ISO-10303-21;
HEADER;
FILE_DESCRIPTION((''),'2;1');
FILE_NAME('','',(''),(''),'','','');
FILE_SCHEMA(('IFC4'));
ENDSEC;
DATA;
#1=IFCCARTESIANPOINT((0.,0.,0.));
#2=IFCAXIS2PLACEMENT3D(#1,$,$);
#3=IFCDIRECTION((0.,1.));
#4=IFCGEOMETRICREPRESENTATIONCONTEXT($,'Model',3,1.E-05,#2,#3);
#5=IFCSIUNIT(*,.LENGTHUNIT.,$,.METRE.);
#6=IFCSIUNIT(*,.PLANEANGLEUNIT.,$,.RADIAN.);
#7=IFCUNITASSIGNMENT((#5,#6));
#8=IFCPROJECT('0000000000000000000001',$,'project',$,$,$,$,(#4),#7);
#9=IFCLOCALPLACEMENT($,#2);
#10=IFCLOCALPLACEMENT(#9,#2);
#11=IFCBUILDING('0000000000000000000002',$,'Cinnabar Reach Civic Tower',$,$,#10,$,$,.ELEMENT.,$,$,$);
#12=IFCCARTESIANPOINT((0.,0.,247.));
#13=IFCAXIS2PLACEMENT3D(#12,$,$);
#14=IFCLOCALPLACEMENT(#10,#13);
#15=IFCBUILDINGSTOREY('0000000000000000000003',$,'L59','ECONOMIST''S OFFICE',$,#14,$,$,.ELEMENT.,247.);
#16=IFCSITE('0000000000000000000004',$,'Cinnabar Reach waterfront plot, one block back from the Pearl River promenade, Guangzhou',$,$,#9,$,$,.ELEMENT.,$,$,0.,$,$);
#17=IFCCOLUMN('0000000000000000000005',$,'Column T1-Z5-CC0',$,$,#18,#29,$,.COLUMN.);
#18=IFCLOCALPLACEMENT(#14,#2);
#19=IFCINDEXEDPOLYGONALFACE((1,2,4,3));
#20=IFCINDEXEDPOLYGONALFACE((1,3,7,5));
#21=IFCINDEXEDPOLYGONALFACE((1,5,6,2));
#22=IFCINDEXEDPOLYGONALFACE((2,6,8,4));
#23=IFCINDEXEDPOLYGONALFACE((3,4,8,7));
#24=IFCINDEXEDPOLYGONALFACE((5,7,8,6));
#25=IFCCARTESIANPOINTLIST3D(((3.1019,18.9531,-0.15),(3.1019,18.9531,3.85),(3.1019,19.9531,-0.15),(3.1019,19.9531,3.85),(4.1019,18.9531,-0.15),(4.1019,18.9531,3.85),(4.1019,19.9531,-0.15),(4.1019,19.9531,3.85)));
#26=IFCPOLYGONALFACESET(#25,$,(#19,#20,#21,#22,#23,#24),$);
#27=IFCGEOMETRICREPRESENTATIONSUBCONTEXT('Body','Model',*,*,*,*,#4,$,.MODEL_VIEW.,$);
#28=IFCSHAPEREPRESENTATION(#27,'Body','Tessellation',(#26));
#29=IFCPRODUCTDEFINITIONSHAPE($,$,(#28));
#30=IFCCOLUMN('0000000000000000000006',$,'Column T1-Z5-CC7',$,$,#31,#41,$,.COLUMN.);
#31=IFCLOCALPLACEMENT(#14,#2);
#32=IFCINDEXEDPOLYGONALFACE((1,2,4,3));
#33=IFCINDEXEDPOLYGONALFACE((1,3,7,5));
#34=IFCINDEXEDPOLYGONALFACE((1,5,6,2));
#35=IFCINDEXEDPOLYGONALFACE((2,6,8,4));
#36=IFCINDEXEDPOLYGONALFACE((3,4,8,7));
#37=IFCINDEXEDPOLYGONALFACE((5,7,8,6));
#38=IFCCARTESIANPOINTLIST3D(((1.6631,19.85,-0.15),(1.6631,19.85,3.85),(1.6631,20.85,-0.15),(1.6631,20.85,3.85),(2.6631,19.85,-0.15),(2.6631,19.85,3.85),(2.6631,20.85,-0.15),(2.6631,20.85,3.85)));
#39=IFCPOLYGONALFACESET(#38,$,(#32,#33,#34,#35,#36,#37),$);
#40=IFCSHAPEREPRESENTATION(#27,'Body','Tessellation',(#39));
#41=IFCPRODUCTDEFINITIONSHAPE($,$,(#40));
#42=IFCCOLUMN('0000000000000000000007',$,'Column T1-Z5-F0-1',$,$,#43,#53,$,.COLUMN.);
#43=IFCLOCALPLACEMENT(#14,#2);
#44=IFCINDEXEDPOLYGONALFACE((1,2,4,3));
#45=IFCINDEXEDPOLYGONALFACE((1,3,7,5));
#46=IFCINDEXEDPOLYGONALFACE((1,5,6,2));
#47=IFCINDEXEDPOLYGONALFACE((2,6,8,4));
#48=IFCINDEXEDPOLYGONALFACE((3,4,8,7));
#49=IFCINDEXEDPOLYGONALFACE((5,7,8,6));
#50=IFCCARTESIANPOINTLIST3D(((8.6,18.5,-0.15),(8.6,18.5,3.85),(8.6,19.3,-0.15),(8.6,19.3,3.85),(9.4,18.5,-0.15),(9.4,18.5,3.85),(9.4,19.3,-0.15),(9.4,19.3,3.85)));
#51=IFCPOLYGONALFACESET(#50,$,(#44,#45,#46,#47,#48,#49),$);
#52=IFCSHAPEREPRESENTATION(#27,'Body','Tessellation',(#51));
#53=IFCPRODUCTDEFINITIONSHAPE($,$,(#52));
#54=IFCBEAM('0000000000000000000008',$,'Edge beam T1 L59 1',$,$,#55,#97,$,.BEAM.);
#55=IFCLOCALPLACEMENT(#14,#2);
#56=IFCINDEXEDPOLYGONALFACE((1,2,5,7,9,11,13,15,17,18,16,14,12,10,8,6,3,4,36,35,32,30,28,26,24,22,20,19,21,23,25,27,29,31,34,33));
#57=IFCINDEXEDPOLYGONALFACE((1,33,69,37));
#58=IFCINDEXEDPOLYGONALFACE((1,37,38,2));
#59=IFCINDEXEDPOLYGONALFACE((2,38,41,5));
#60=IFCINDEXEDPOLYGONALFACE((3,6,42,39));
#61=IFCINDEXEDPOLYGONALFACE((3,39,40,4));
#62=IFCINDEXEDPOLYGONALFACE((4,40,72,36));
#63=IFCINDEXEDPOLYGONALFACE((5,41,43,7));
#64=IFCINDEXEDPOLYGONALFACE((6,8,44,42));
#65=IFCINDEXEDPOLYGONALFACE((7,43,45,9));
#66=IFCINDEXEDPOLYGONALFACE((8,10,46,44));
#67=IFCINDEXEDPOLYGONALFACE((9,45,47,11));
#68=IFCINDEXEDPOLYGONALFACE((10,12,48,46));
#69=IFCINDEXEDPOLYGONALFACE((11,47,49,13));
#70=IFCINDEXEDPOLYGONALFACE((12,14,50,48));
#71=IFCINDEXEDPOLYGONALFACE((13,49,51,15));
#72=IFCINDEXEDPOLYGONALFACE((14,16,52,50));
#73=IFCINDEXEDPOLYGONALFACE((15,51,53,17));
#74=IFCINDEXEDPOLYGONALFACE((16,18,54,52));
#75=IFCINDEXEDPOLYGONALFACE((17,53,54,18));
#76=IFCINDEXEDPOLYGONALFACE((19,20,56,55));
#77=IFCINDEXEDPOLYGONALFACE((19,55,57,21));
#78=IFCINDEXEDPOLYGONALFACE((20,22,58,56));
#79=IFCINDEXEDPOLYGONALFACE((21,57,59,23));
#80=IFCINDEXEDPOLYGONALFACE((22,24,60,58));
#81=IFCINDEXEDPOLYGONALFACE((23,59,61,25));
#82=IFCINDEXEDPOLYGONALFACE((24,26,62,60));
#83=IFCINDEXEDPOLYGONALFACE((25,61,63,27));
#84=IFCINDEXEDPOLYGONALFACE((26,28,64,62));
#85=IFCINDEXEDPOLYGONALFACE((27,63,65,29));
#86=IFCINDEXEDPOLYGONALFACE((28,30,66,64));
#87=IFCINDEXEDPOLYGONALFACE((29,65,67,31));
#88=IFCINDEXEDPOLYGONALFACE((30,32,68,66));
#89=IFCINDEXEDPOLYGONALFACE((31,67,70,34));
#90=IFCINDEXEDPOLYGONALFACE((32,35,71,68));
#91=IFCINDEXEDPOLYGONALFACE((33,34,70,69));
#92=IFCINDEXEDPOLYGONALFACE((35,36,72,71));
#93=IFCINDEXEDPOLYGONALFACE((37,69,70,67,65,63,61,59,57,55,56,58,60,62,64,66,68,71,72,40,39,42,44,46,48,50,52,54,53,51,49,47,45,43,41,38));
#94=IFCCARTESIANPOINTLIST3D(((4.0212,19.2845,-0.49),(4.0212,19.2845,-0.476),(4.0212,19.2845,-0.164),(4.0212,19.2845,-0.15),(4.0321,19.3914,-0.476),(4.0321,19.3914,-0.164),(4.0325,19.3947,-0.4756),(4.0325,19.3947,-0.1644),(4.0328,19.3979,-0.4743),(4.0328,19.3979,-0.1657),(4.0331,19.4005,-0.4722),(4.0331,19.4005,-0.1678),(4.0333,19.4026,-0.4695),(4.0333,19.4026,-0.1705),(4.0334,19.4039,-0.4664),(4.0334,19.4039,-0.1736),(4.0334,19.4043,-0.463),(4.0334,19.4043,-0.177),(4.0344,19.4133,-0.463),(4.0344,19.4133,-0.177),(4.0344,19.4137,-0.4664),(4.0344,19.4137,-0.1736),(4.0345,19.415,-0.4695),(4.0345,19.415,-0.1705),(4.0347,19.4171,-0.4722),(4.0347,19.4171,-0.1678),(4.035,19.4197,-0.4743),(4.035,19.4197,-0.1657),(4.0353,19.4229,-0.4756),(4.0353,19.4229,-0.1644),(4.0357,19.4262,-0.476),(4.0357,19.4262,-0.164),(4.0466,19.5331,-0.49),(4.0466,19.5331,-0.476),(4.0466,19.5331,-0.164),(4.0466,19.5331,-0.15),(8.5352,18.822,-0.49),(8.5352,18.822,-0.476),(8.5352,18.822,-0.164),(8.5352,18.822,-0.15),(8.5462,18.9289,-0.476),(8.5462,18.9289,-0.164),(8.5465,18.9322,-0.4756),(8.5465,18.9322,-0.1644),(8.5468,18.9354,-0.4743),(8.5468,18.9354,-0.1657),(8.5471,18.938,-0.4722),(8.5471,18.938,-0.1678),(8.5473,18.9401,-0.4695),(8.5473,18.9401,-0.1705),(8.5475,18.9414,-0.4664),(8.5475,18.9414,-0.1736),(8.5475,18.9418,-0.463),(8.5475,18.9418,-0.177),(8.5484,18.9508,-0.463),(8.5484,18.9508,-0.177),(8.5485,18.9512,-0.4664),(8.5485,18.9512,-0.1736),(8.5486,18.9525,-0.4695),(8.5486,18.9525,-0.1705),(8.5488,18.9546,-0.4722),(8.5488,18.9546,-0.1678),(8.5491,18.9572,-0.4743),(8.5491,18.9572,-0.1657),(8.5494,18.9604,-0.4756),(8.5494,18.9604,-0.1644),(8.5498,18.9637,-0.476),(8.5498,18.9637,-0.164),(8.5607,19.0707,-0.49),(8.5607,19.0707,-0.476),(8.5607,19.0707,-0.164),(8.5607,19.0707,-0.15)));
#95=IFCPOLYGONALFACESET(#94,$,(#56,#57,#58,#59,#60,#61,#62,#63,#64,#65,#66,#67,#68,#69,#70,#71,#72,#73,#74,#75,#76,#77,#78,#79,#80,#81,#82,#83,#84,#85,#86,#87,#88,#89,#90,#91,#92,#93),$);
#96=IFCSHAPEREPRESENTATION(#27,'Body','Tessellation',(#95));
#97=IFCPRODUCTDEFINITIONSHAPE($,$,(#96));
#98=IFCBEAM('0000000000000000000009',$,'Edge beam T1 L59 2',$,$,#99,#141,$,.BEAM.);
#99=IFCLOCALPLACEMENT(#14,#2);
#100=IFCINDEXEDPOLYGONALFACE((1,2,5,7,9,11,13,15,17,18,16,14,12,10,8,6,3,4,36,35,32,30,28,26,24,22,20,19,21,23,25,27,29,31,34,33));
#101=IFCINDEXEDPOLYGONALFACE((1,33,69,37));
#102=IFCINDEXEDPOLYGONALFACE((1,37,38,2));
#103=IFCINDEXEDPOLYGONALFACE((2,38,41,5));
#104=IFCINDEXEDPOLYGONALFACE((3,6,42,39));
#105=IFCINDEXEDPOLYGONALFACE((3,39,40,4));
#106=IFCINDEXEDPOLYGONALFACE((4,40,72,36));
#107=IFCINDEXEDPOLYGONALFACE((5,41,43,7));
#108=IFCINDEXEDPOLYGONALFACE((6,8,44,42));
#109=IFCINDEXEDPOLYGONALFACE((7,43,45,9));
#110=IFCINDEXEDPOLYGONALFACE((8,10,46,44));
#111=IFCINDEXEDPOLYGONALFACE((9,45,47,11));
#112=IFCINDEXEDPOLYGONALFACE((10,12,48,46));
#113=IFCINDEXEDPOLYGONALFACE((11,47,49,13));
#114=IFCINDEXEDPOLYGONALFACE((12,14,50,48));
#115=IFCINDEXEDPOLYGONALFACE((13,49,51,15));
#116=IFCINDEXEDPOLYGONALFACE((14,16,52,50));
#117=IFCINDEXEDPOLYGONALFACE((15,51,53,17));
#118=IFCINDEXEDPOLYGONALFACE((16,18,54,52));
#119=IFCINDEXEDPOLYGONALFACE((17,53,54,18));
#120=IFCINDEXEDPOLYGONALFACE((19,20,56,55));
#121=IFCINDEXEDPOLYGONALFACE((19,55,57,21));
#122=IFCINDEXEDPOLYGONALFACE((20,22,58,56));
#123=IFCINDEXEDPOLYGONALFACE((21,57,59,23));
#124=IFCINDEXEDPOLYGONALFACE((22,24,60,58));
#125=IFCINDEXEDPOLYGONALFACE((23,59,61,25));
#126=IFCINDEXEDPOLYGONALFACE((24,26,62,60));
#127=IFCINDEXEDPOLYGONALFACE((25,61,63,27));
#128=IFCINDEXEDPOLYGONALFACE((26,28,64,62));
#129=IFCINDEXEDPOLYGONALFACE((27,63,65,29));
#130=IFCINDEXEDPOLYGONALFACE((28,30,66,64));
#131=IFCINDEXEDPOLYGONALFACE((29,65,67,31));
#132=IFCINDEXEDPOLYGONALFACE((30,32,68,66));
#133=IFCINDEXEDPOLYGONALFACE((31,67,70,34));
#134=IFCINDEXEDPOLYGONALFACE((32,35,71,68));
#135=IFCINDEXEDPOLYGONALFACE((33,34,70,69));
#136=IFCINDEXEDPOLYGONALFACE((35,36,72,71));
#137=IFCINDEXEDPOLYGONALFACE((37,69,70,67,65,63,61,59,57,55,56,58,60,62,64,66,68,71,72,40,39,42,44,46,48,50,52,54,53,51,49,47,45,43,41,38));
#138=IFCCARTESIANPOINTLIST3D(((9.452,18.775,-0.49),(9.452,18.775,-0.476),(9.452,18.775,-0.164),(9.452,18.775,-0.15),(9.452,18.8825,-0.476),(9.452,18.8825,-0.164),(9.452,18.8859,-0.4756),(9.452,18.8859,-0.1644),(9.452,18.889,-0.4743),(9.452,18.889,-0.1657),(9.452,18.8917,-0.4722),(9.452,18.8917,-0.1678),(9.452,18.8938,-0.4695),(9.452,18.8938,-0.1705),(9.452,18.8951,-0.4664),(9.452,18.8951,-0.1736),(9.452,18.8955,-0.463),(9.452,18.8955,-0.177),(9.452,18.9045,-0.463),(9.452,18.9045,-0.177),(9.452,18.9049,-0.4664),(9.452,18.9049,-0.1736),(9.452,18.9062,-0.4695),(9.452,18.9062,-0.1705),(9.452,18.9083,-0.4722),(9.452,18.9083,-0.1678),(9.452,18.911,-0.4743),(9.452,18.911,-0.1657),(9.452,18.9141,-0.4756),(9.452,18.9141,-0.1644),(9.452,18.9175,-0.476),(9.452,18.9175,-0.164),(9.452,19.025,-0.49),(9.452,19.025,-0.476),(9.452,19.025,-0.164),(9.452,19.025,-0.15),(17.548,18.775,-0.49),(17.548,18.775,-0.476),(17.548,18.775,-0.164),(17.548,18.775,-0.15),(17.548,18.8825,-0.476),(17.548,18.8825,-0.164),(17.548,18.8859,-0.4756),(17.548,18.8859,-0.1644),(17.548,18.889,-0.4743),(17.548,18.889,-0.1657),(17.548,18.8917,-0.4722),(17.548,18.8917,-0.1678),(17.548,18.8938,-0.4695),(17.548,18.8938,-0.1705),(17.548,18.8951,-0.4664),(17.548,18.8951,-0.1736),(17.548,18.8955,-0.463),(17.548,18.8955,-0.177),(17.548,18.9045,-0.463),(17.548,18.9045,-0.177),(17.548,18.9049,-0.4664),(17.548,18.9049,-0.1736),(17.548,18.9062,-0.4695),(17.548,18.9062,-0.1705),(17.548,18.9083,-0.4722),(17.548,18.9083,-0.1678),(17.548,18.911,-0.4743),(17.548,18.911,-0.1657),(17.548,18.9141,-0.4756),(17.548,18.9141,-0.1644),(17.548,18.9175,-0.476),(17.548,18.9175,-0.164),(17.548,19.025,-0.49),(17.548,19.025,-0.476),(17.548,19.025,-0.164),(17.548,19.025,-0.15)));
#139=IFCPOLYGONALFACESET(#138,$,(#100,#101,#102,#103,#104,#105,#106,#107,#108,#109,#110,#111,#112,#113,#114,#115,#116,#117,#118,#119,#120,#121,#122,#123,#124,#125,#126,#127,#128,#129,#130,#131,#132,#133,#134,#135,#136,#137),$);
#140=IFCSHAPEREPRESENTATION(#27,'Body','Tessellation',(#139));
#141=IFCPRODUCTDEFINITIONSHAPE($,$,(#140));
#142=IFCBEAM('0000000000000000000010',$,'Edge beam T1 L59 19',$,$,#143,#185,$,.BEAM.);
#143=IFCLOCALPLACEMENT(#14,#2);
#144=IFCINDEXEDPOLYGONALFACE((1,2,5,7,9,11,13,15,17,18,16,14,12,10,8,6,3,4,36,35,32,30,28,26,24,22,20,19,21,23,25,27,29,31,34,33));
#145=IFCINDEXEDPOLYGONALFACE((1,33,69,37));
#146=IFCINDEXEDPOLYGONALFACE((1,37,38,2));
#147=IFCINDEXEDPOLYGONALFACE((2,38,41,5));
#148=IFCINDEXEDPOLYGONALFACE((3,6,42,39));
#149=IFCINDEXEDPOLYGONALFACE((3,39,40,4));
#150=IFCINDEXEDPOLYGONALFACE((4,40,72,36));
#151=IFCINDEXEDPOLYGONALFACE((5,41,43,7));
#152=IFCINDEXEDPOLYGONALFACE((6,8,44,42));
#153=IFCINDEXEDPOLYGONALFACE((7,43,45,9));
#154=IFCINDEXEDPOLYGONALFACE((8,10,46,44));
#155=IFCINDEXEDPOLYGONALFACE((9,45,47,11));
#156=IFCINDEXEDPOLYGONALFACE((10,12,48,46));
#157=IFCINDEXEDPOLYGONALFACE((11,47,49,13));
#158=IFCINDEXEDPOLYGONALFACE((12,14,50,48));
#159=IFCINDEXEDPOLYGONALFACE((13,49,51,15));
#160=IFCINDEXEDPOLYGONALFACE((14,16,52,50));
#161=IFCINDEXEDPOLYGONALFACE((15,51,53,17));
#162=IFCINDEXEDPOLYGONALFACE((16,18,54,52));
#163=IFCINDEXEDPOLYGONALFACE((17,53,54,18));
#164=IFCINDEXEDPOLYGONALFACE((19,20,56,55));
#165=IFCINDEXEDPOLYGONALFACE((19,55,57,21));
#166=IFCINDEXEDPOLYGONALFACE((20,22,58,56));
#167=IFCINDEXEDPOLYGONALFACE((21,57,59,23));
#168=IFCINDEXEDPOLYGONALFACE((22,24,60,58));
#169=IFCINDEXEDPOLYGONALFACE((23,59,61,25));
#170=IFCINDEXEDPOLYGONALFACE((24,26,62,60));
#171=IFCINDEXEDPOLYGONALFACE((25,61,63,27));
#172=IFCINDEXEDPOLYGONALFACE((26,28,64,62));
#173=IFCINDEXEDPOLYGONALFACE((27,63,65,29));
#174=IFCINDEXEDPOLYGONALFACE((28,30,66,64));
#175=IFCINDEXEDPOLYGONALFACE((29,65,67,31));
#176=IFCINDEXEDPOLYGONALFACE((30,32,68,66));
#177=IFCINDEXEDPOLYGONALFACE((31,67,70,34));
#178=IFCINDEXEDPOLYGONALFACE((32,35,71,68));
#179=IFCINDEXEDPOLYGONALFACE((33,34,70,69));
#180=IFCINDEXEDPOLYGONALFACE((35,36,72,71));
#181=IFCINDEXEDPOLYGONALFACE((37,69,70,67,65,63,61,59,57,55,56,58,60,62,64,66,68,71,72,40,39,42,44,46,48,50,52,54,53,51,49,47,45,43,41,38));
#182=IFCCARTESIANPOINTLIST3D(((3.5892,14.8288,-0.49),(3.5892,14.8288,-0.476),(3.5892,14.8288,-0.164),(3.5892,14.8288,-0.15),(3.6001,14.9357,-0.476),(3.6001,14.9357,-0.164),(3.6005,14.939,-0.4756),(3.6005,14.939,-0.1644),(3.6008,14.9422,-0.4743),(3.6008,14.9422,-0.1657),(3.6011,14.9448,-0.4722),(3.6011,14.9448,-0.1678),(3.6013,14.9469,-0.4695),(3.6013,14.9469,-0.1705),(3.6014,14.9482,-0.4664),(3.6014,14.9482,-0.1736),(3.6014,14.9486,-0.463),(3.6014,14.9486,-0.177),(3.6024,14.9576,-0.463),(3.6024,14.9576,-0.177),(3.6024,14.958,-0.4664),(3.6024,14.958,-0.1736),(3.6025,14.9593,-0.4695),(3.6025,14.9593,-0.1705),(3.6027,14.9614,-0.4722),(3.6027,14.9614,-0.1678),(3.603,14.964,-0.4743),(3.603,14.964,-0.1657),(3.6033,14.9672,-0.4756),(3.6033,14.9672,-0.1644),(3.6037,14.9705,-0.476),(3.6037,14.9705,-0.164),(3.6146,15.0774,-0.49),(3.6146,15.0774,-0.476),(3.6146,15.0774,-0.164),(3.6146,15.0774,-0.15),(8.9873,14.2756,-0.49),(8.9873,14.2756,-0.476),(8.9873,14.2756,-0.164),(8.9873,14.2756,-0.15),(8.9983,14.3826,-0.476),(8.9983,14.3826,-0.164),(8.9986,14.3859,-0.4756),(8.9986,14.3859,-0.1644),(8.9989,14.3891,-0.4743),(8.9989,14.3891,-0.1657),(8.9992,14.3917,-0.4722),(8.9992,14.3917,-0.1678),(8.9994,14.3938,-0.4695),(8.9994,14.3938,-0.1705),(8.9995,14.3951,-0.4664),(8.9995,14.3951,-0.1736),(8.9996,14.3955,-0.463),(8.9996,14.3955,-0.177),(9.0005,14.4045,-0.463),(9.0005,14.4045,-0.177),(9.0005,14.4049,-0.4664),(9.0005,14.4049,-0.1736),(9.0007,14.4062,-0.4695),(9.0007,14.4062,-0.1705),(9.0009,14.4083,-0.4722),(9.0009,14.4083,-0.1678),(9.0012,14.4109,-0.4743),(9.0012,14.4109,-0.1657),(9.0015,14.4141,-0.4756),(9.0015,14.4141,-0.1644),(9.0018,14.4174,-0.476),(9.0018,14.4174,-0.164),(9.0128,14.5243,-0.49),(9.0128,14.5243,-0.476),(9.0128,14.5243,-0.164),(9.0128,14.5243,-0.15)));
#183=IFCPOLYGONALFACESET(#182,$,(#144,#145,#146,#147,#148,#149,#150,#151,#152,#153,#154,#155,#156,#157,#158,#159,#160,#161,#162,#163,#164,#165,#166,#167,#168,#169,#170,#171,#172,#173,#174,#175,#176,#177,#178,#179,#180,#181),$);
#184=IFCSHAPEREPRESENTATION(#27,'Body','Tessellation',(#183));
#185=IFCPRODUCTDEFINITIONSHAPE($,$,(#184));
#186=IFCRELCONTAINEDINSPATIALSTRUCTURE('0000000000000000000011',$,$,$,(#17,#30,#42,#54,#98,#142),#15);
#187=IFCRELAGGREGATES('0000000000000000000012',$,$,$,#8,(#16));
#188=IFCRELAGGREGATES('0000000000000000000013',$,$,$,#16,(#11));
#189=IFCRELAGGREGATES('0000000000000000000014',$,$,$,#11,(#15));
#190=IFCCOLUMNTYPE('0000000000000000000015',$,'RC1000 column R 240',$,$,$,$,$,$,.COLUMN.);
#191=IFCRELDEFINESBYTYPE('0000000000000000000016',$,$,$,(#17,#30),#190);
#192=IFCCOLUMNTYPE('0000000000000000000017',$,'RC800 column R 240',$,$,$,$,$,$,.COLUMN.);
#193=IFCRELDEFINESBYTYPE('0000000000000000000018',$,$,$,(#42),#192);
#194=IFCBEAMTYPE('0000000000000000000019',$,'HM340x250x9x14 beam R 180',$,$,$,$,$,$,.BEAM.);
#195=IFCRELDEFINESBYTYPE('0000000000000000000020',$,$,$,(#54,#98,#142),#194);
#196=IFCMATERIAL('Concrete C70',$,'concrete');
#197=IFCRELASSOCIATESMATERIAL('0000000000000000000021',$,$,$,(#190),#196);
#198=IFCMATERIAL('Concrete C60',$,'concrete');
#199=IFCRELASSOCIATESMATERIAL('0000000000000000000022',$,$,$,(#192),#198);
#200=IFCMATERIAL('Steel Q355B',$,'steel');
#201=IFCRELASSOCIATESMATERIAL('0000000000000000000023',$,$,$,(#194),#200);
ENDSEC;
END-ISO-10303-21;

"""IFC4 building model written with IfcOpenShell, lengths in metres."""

from ifc_helpers import new_model, si_unit, direction, frame, origin, origin_2d, place, context, subcontext, project, spatial, rectangle, i_section, extrude, material, material_profile, profile_set, type_object, element, save


model = new_model("IFC4")

# Units and contexts
model_context = context("Model", 3, precision=1e-05, world=origin(), true_north=direction((0.0, 1.0)))
body_context = subcontext(model_context, "Body", "Model", "MODEL_VIEW")
ifc_project = project(units=[si_unit("LENGTHUNIT", "METRE"), si_unit("PLANEANGLEUNIT", "RADIAN")], contexts=[model_context])

# Site, building, storey
site_placement = place(None, origin())
site = spatial("IfcSite", under=ifc_project, at=site_placement, Name="Cinnabar Reach waterfront plot, one block back from the Pearl River promenade, Guangzhou", CompositionType="ELEMENT", RefElevation=0.0)
building_placement = place(site_placement, origin())
building = spatial("IfcBuilding", under=site, at=building_placement, Name="Cinnabar Reach Civic Tower", CompositionType="ELEMENT")
storey_placement = place(building_placement, frame((0.0, 0.0, 247.0)))
storey = spatial("IfcBuildingStorey", under=building, at=storey_placement, Name="L59", Description="ECONOMIST'S OFFICE", CompositionType="ELEMENT", Elevation=247.0)

# Columns
ifc_material_1 = material(Name="Concrete C70", Category="concrete")
ifc_material_profile_1 = material_profile(ifc_material_1, rectangle(XDim=1.0, YDim=1.0, at=origin_2d()), Name="RC1000")
ifc_profile_set_1 = profile_set([ifc_material_profile_1], Name="Concrete C70")
column_type_1 = type_object("IfcColumnType", Name="RC1000 column R 240", PredefinedType="COLUMN", material=ifc_profile_set_1)
for number, where, z_axis, x_axis, name in (
    (1, (3.6019, 19.4531, -0.15), (0.0, 0.0, 1.0), (1.0, 0.0, 0.0), "Column T1-Z5-CC0"),
    (2, (2.1631, 20.35, -0.15), (0.0, 0.0, 1.0), (1.0, 0.0, 0.0), "Column T1-Z5-CC7"),
):
    element("IfcColumn", number, at=place(storey_placement, frame(where, z_axis=z_axis, x_axis=x_axis)), inside=storey, type_object=column_type_1, Name=name, PredefinedType="COLUMN", context=body_context, shape_type="SweptSolid", body=[
        extrude(rectangle(XDim=1.0, YDim=1.0, at=origin_2d()), origin(), (0.0, 0.0, 1.0), 4.0),
    ])
ifc_material_2 = material(Name="Concrete C60", Category="concrete")
ifc_material_profile_2 = material_profile(ifc_material_2, rectangle(XDim=0.8, YDim=0.8, at=origin_2d()), Name="RC800")
ifc_profile_set_2 = profile_set([ifc_material_profile_2], Name="Concrete C60")
column_type_2 = type_object("IfcColumnType", Name="RC800 column R 240", PredefinedType="COLUMN", material=ifc_profile_set_2)
column_placement = place(storey_placement, frame((9.0, 18.9, -0.15), z_axis=(0.0, 0.0, 1.0), x_axis=(1.0, 0.0, 0.0)))
element("IfcColumn", 3, at=column_placement, inside=storey, type_object=column_type_2, Name="Column T1-Z5-F0-1", PredefinedType="COLUMN", context=body_context, shape_type="SweptSolid", body=[
    extrude(rectangle(XDim=0.8, YDim=0.8, at=origin_2d()), origin(), (0.0, 0.0, 1.0), 4.0),
])

# Beams
ifc_material_3 = material(Name="Steel Q355B", Category="steel")
ifc_material_profile_3 = material_profile(ifc_material_3, i_section(OverallWidth=0.25, OverallDepth=0.34, WebThickness=0.009, FlangeThickness=0.014, FilletRadius=0.013, at=origin_2d()), Name="HM340x250x9x14")
ifc_profile_set_3 = profile_set([ifc_material_profile_3], Name="Steel Q355B")
beam_type_1 = type_object("IfcBeamType", Name="HM340x250x9x14 beam R 180", PredefinedType="BEAM", material=ifc_profile_set_3)
beam_1_placement = place(storey_placement, frame((4.0339, 19.4088, -0.32), z_axis=(0.994792, -0.101923, 0.0), x_axis=(0.101923, 0.994792, 0.0)))
element("IfcBeam", 4, at=beam_1_placement, inside=storey, type_object=beam_type_1, Name="Edge beam T1 L59 1", PredefinedType="BEAM", context=body_context, shape_type="SweptSolid", body=[
    extrude(i_section(OverallWidth=0.25, OverallDepth=0.34, WebThickness=0.009, FlangeThickness=0.014, FilletRadius=0.013, at=origin_2d()), origin(), (0.0, 0.0, 1.0), 4.5377),
])
beam_2_placement = place(storey_placement, frame((9.452, 18.9, -0.32), z_axis=(1.0, 0.0, 0.0), x_axis=(0.0, 1.0, 0.0)))
element("IfcBeam", 5, at=beam_2_placement, inside=storey, type_object=beam_type_1, Name="Edge beam T1 L59 2", PredefinedType="BEAM", context=body_context, shape_type="SweptSolid", body=[
    extrude(i_section(OverallWidth=0.25, OverallDepth=0.34, WebThickness=0.009, FlangeThickness=0.014, FilletRadius=0.013, at=origin_2d()), origin(), (0.0, 0.0, 1.0), 8.096),
])
beam_3_placement = place(storey_placement, frame((3.6019, 14.9531, -0.32), z_axis=(0.994792, -0.101928, 0.0), x_axis=(0.101928, 0.994792, 0.0)))
element("IfcBeam", 6, at=beam_3_placement, inside=storey, type_object=beam_type_1, Name="Edge beam T1 L59 19", PredefinedType="BEAM", context=body_context, shape_type="SweptSolid", body=[
    extrude(i_section(OverallWidth=0.25, OverallDepth=0.34, WebThickness=0.009, FlangeThickness=0.014, FilletRadius=0.013, at=origin_2d()), origin(), (0.0, 0.0, 1.0), 5.4264),
])

save(model, "model.ifc")
